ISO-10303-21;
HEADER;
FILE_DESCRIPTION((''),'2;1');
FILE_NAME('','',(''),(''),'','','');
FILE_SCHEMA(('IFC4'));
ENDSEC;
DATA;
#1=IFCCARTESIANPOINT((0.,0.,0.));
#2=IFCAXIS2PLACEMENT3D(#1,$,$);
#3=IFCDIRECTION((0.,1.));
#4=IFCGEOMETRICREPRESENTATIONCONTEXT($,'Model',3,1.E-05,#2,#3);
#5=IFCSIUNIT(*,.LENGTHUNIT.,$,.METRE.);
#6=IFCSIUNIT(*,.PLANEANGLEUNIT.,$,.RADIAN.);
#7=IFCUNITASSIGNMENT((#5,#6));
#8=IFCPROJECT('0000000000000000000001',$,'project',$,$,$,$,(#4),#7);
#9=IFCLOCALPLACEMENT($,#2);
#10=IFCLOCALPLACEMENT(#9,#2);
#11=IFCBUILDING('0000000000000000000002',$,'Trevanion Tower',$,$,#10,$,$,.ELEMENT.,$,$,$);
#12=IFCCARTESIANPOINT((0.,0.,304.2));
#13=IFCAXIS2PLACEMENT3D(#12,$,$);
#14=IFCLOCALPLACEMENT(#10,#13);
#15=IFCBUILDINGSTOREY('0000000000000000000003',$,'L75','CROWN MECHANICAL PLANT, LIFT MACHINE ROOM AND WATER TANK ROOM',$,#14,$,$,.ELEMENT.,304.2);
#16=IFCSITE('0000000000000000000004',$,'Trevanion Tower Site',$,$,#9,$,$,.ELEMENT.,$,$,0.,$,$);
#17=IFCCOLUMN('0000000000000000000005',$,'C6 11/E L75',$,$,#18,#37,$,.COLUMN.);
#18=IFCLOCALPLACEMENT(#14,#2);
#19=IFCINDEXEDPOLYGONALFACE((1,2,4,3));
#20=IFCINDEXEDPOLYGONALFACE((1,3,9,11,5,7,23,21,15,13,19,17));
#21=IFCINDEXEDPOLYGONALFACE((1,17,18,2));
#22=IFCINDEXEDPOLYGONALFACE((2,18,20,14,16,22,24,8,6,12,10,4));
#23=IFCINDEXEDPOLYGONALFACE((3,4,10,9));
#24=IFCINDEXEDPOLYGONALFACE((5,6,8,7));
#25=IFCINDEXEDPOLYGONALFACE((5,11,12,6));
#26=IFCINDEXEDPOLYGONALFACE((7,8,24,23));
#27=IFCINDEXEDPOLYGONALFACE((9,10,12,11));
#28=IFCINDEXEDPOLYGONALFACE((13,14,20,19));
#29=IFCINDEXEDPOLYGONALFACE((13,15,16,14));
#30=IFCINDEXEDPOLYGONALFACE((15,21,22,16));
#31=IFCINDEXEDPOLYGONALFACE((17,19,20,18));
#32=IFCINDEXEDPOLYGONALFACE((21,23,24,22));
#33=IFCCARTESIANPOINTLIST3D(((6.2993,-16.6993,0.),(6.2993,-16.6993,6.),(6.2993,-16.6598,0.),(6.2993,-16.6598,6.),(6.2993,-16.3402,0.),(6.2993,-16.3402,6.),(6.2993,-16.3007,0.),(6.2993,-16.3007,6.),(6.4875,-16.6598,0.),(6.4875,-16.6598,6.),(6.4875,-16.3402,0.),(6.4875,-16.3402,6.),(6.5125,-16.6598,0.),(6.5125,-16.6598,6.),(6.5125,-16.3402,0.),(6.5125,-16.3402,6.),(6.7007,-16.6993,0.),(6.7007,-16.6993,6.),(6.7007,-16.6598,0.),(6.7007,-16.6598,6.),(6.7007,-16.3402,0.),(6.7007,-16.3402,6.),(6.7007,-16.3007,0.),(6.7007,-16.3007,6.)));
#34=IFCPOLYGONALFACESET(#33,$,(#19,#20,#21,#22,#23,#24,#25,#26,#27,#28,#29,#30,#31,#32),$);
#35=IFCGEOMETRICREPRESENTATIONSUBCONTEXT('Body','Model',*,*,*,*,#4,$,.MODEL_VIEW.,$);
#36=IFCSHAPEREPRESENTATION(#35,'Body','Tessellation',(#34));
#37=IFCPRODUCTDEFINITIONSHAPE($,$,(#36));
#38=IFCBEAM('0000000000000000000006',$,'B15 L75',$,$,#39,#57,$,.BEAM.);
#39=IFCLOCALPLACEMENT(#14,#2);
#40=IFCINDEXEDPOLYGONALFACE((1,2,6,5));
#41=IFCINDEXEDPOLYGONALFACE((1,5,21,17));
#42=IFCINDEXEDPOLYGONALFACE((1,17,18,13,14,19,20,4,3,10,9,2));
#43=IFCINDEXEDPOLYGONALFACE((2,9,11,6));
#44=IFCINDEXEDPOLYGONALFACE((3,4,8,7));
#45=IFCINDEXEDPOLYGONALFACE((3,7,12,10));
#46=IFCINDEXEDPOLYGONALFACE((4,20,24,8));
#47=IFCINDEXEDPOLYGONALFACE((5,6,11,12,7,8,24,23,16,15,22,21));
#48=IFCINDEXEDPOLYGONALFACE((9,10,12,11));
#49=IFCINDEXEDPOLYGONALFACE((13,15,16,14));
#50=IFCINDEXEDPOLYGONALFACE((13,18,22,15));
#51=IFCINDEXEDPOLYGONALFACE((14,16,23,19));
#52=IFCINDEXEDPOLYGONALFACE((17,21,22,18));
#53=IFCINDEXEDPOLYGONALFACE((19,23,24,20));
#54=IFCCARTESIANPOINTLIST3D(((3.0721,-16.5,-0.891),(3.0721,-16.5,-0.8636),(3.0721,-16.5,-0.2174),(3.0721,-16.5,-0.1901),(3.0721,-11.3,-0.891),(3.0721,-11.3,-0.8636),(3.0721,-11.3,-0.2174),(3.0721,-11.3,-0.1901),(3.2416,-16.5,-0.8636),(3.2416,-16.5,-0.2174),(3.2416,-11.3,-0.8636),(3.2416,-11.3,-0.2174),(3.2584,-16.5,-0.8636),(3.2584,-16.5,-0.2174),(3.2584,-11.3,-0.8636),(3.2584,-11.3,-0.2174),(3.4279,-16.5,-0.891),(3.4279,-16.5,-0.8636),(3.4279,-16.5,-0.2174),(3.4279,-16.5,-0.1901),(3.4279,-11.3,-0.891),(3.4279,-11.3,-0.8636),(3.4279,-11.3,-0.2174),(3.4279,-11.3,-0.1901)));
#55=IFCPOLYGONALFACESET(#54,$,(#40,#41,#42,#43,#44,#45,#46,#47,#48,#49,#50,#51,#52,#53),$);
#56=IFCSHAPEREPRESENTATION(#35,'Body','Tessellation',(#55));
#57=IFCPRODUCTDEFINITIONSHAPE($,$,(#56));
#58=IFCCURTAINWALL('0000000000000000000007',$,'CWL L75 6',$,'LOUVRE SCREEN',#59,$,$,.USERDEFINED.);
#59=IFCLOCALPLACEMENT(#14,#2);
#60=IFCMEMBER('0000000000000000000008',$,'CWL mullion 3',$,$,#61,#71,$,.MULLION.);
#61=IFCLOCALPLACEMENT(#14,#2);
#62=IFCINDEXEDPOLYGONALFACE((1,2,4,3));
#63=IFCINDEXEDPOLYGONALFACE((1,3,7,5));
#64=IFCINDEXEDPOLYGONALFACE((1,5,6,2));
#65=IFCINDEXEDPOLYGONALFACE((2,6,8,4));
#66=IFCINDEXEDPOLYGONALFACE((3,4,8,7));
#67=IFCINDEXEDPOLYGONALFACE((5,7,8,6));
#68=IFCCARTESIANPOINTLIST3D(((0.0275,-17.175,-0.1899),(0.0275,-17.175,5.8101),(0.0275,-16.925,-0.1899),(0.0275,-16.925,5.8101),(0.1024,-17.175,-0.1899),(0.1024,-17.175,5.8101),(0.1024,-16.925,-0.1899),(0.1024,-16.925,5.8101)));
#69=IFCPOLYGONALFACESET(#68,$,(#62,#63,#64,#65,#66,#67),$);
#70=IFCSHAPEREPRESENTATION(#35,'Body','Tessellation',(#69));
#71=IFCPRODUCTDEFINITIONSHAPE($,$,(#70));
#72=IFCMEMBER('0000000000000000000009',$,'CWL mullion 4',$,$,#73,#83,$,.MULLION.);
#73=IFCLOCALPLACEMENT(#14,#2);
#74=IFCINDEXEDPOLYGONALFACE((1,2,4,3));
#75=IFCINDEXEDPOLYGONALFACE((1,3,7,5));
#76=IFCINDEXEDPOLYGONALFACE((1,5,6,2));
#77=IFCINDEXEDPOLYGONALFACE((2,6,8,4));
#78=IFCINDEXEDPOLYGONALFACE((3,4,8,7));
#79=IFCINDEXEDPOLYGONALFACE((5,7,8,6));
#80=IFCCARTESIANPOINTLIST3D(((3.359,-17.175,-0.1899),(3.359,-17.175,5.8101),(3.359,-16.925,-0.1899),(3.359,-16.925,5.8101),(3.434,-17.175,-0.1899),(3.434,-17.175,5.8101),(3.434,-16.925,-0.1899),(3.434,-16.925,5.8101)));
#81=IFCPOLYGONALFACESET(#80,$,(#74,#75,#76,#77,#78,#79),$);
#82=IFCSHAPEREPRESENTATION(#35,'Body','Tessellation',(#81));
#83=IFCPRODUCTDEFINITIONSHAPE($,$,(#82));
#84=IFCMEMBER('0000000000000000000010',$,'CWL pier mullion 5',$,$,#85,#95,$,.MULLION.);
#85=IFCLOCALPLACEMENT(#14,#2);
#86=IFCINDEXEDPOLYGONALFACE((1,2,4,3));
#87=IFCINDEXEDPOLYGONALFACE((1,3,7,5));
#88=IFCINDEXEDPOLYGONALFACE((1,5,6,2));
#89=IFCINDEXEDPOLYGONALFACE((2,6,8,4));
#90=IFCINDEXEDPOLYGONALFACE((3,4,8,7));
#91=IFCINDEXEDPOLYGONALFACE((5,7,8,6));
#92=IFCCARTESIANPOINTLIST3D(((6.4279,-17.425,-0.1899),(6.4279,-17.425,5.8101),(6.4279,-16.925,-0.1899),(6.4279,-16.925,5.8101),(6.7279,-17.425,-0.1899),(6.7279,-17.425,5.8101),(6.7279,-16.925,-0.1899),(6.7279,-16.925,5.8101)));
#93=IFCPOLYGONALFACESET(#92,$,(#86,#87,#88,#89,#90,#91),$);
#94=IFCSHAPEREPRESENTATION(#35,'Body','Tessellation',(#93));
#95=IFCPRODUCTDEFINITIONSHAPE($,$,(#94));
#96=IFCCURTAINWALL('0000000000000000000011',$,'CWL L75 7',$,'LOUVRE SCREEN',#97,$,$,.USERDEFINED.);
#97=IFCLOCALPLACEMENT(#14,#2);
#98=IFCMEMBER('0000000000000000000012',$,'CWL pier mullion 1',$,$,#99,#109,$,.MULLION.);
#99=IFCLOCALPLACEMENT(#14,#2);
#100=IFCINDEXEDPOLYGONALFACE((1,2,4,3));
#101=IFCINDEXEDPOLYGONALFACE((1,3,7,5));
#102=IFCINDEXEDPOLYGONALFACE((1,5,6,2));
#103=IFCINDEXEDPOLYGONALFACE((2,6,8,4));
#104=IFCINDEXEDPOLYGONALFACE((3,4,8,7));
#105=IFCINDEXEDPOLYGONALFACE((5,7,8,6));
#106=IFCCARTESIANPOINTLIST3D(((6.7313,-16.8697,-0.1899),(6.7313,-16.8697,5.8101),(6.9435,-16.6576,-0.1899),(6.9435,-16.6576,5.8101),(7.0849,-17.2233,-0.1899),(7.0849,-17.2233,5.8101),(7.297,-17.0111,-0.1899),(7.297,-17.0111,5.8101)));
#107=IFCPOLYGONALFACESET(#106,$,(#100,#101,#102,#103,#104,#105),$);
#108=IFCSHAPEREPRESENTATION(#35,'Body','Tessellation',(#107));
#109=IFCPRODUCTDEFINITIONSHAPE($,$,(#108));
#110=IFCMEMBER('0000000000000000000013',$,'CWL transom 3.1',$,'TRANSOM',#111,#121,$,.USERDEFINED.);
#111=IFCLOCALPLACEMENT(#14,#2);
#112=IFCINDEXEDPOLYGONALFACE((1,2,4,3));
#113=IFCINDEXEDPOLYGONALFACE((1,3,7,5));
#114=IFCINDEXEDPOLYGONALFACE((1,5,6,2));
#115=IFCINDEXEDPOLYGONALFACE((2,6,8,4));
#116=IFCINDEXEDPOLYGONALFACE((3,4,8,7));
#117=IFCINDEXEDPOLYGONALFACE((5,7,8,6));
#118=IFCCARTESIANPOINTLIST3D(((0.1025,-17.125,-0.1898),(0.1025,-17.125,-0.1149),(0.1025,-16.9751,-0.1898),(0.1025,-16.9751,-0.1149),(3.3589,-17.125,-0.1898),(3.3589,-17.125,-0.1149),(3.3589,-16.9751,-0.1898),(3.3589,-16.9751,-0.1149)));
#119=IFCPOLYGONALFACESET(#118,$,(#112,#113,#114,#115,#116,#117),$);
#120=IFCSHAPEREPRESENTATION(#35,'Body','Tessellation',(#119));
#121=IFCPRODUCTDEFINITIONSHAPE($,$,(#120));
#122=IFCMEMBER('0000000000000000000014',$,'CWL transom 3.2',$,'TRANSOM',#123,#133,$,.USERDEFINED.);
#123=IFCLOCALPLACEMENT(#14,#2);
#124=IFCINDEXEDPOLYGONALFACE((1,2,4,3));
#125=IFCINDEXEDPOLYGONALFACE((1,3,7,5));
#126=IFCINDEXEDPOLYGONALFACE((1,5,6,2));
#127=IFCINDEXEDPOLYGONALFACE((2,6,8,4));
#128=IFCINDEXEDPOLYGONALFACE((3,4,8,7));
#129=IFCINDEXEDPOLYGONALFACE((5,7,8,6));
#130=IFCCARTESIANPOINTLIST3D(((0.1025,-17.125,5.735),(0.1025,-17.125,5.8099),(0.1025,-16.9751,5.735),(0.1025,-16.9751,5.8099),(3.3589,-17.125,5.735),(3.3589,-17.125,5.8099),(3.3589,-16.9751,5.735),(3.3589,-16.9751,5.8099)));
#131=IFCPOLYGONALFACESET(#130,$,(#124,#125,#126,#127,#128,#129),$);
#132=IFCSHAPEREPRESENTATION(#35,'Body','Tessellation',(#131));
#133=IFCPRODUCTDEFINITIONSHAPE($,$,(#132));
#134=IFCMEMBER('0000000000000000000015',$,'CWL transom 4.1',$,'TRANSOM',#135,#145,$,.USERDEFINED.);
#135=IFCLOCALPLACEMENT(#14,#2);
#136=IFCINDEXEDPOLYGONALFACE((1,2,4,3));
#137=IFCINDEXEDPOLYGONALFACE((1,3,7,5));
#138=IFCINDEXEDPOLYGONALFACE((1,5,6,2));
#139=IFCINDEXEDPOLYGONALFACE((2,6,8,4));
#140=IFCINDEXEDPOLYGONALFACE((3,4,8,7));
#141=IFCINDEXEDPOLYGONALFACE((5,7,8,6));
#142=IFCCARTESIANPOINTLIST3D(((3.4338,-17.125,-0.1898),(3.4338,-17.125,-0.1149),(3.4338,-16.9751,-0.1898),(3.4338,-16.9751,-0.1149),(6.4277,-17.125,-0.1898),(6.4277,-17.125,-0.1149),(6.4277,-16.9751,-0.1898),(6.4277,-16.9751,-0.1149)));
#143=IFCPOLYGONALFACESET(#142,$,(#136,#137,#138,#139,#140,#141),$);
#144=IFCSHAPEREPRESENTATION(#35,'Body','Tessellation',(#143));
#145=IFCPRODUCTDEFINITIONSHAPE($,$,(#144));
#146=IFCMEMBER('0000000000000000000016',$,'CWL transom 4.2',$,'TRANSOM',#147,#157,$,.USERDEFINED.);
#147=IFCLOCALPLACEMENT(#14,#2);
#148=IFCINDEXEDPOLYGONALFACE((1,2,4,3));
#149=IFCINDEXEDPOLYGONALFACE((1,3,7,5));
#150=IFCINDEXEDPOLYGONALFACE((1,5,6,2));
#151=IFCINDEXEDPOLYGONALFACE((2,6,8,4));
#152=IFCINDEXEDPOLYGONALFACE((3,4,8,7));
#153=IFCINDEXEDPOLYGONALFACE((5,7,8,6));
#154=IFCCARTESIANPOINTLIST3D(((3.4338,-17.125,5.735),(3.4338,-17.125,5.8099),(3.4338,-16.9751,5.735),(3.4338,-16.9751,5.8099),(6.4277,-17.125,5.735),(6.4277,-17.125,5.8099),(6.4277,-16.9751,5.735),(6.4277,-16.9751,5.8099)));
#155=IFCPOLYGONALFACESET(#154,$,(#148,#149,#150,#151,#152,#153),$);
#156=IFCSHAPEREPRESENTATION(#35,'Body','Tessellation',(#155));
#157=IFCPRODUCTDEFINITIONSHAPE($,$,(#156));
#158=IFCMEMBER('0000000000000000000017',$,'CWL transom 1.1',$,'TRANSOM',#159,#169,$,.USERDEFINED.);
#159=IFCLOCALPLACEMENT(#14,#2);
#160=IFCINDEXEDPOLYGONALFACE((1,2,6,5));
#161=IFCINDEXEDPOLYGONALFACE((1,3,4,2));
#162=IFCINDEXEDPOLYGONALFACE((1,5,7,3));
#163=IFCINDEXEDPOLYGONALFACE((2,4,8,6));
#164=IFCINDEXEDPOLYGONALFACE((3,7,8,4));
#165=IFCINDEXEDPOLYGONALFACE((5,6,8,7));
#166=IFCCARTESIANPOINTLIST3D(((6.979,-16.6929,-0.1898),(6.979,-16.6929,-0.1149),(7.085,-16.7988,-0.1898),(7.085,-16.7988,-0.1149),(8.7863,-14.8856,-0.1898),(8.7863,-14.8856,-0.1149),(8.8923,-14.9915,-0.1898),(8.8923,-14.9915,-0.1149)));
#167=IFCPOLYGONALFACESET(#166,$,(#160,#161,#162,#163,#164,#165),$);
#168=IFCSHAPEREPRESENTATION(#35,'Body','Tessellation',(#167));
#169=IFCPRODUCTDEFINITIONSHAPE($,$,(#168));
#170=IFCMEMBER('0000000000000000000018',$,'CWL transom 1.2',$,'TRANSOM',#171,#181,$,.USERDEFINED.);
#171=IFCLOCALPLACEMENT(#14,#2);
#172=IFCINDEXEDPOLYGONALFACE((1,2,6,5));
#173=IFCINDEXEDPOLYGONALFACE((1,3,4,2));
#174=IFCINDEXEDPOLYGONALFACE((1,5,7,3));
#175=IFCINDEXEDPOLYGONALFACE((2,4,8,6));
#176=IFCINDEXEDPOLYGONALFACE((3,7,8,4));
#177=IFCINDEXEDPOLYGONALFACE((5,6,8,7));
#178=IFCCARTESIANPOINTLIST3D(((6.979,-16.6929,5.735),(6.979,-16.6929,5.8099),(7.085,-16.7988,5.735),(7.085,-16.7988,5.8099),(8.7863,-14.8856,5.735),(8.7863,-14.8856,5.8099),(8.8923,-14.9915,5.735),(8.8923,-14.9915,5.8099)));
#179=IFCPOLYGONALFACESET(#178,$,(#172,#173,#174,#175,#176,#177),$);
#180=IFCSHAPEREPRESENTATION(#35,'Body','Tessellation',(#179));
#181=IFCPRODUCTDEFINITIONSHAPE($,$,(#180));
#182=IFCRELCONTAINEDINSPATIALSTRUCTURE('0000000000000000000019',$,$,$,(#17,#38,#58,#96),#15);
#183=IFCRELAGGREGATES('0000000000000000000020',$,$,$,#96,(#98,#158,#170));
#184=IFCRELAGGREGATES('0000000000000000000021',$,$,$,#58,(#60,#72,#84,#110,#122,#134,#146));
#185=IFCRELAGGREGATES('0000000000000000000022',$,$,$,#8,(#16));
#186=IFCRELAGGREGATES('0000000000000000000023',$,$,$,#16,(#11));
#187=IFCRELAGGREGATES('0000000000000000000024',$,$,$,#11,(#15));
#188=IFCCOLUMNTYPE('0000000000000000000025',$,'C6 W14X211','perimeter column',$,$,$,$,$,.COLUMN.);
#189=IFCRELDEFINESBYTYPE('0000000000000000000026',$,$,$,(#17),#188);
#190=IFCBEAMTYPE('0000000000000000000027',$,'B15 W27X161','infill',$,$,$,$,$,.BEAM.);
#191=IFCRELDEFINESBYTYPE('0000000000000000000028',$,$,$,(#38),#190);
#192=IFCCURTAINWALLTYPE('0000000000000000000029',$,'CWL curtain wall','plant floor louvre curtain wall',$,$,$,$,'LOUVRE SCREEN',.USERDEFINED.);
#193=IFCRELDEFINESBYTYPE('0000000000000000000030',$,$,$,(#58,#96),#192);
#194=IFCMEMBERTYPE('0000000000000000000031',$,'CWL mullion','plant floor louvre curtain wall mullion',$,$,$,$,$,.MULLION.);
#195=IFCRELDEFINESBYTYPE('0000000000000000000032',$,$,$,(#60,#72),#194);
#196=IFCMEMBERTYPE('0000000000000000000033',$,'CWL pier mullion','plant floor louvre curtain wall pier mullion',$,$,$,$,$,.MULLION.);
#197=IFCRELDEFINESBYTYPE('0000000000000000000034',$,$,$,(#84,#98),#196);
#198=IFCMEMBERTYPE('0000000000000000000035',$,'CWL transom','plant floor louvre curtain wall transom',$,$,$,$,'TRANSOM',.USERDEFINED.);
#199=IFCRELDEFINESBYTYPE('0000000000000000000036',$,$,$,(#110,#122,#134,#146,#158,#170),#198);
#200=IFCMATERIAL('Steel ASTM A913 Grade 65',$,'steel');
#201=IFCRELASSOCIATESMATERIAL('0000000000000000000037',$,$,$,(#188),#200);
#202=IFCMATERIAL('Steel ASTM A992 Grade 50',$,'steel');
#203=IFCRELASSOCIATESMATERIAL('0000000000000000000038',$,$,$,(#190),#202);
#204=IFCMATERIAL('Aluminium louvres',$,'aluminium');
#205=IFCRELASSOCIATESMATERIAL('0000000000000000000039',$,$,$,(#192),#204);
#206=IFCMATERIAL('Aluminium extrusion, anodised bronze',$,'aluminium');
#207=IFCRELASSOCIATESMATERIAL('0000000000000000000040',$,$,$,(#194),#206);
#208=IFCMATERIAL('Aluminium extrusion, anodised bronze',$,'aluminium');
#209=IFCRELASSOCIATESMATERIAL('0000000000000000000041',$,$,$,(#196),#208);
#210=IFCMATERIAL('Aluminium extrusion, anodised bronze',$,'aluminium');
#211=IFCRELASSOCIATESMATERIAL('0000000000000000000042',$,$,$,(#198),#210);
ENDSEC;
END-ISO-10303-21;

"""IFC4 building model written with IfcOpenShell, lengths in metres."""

from ifc_helpers import new_model, si_unit, direction, frame, origin, origin_2d, place, context, subcontext, project, spatial, rectangle, i_section, extrude, material, material_profile, profile_set, type_object, element, aggregate, save


model = new_model("IFC4")

# Units and contexts
model_context = context("Model", 3, precision=1e-05, world=origin(), true_north=direction((0.0, 1.0)))
body_context = subcontext(model_context, "Body", "Model", "MODEL_VIEW")
ifc_project = project(units=[si_unit("LENGTHUNIT", "METRE"), si_unit("PLANEANGLEUNIT", "RADIAN")], contexts=[model_context])

# Site, building, storey
site_placement = place(None, origin())
site = spatial("IfcSite", under=ifc_project, at=site_placement, Name="Trevanion Tower Site", CompositionType="ELEMENT", RefElevation=0.0)
building_placement = place(site_placement, origin())
building = spatial("IfcBuilding", under=site, at=building_placement, Name="Trevanion Tower", CompositionType="ELEMENT")
storey_placement = place(building_placement, frame((0.0, 0.0, 304.2)))
storey = spatial("IfcBuildingStorey", under=building, at=storey_placement, Name="L75", Description="CROWN MECHANICAL PLANT, LIFT MACHINE ROOM AND WATER TANK ROOM", CompositionType="ELEMENT", Elevation=304.2)

# Column
ifc_material_1 = material(Name="Steel ASTM A913 Grade 65", Category="steel")
ifc_material_profile_1 = material_profile(ifc_material_1, i_section(OverallWidth=0.4014, OverallDepth=0.3987, WebThickness=0.0249, FlangeThickness=0.0396, at=origin_2d()), Name="W14X211")
ifc_profile_set_1 = profile_set([ifc_material_profile_1], Name="Steel ASTM A913 Grade 65")
column_type = type_object("IfcColumnType", Name="C6 W14X211", Description="perimeter column", PredefinedType="COLUMN", material=ifc_profile_set_1)
column_placement = place(storey_placement, frame((6.5, -16.5, 0.0), z_axis=(0.0, 0.0, 1.0), x_axis=(1.0, 0.0, 0.0)))
element("IfcColumn", 1, at=column_placement, inside=storey, type_object=column_type, Name="C6 11/E L75", PredefinedType="COLUMN", context=body_context, shape_type="SweptSolid", body=[
    extrude(i_section(OverallWidth=0.4014, OverallDepth=0.3987, WebThickness=0.0249, FlangeThickness=0.0396, at=origin_2d()), origin(), (0.0, 0.0, 1.0), 6.0),
])

# Beam
ifc_material_2 = material(Name="Steel ASTM A992 Grade 50", Category="steel")
ifc_material_profile_2 = material_profile(ifc_material_2, i_section(OverallWidth=0.3557, OverallDepth=0.7009, WebThickness=0.0168, FlangeThickness=0.0273, at=origin_2d()), Name="W27X161")
ifc_profile_set_2 = profile_set([ifc_material_profile_2], Name="Steel ASTM A992 Grade 50")
beam_type_1 = type_object("IfcBeamType", Name="B15 W27X161", Description="infill", PredefinedType="BEAM", material=ifc_profile_set_2)
beam_1_placement = place(storey_placement, frame((3.25, -11.3, -0.5405), z_axis=(0.0, -1.0, 0.0), x_axis=(1.0, 0.0, 0.0)))
element("IfcBeam", 2, at=beam_1_placement, inside=storey, type_object=beam_type_1, Name="B15 L75", PredefinedType="BEAM", context=body_context, shape_type="SweptSolid", body=[
    extrude(i_section(OverallWidth=0.3557, OverallDepth=0.7009, WebThickness=0.0168, FlangeThickness=0.0273, at=origin_2d()), origin(), (0.0, 0.0, 1.0), 5.2),
])

# Curtain wall, members
ifc_material_3 = material(Name="Aluminium louvres", Category="aluminium")
curtain_wall_type = type_object("IfcCurtainWallType", Name="CWL curtain wall", Description="plant floor louvre curtain wall", ElementType="LOUVRE SCREEN", PredefinedType="USERDEFINED", material=ifc_material_3)
curtain_wall_1_placement = place(storey_placement, origin())
curtain_wall_1 = element("IfcCurtainWall", 3, at=curtain_wall_1_placement, inside=storey, type_object=curtain_wall_type, Name="CWL L75 6", ObjectType="LOUVRE SCREEN", PredefinedType="USERDEFINED")
ifc_material_4 = material(Name="Aluminium extrusion, anodised bronze", Category="aluminium")
ifc_material_profile_3 = material_profile(ifc_material_4, rectangle(XDim=0.075, YDim=0.25, at=origin_2d()), Name="CWL mullion")
ifc_profile_set_3 = profile_set([ifc_material_profile_3], Name="Aluminium extrusion, anodised bronze")
member_type_1 = type_object("IfcMemberType", Name="CWL mullion", Description="plant floor louvre curtain wall mullion", PredefinedType="MULLION", material=ifc_profile_set_3)
member_1_placement = place(storey_placement, frame((0.0649, -17.05, -0.1899), z_axis=(0.0, 0.0, 1.0), x_axis=(1.0, 0.0, 0.0)))
member_1 = element("IfcMember", 4, at=member_1_placement, type_object=member_type_1, Name="CWL mullion 3", PredefinedType="MULLION", context=body_context, shape_type="SweptSolid", body=[
    extrude(rectangle(XDim=0.075, YDim=0.25, at=origin_2d()), origin(), (0.0, 0.0, 1.0), 6.0),
])
member_2_placement = place(storey_placement, frame((3.3965, -17.05, -0.1899), z_axis=(0.0, 0.0, 1.0), x_axis=(1.0, 0.0, 0.0)))
member_2 = element("IfcMember", 5, at=member_2_placement, type_object=member_type_1, Name="CWL mullion 4", PredefinedType="MULLION", context=body_context, shape_type="SweptSolid", body=[
    extrude(rectangle(XDim=0.075, YDim=0.25, at=origin_2d()), origin(), (0.0, 0.0, 1.0), 6.0),
])
ifc_material_5 = material(Name="Aluminium extrusion, anodised bronze", Category="aluminium")
ifc_material_profile_4 = material_profile(ifc_material_5, rectangle(XDim=0.3, YDim=0.5, at=origin_2d()), Name="CWL pier mullion")
ifc_profile_set_4 = profile_set([ifc_material_profile_4], Name="Aluminium extrusion, anodised bronze")
member_type_2 = type_object("IfcMemberType", Name="CWL pier mullion", Description="plant floor louvre curtain wall pier mullion", PredefinedType="MULLION", material=ifc_profile_set_4)
member_3_placement = place(storey_placement, frame((6.5779, -17.175, -0.1899), z_axis=(0.0, 0.0, 1.0), x_axis=(1.0, 0.0, 0.0)))
member_3 = element("IfcMember", 6, at=member_3_placement, type_object=member_type_2, Name="CWL pier mullion 5", PredefinedType="MULLION", context=body_context, shape_type="SweptSolid", body=[
    extrude(rectangle(XDim=0.3, YDim=0.5, at=origin_2d()), origin(), (0.0, 0.0, 1.0), 6.0),
])

# Curtain wall, member
curtain_wall_2_placement = place(storey_placement, origin())
curtain_wall_2 = element("IfcCurtainWall", 7, at=curtain_wall_2_placement, inside=storey, type_object=curtain_wall_type, Name="CWL L75 7", ObjectType="LOUVRE SCREEN", PredefinedType="USERDEFINED")
member_4_placement = place(storey_placement, frame((7.0142, -16.9404, -0.1899), z_axis=(0.0, 0.0, 1.0), x_axis=(0.707107, 0.707107, 0.0)))
member_4 = element("IfcMember", 8, at=member_4_placement, type_object=member_type_2, Name="CWL pier mullion 1", PredefinedType="MULLION", context=body_context, shape_type="SweptSolid", body=[
    extrude(rectangle(XDim=0.3, YDim=0.5, at=origin_2d()), origin(), (0.0, 0.0, 1.0), 6.0),
])

# Members
ifc_material_6 = material(Name="Aluminium extrusion, anodised bronze", Category="aluminium")
ifc_material_profile_5 = material_profile(ifc_material_6, rectangle(XDim=0.1499, YDim=0.075, at=origin_2d()), Name="CWL transom")
ifc_profile_set_5 = profile_set([ifc_material_profile_5], Name="Aluminium extrusion, anodised bronze")
member_type_3 = type_object("IfcMemberType", Name="CWL transom", Description="plant floor louvre curtain wall transom", ElementType="TRANSOM", PredefinedType="USERDEFINED", material=ifc_profile_set_5)
member_5_placement = place(storey_placement, frame((0.1025, -17.05, -0.1523), z_axis=(1.0, 0.0, 0.0), x_axis=(0.0, 1.0, 0.0)))
member_5 = element("IfcMember", 9, at=member_5_placement, type_object=member_type_3, Name="CWL transom 3.1", ObjectType="TRANSOM", PredefinedType="USERDEFINED", context=body_context, shape_type="SweptSolid", body=[
    extrude(rectangle(XDim=0.1499, YDim=0.075, at=origin_2d()), origin(), (0.0, 0.0, 1.0), 3.2563),
])
member_6_placement = place(storey_placement, frame((0.1025, -17.05, 5.7725), z_axis=(1.0, 0.0, 0.0), x_axis=(0.0, 1.0, 0.0)))
member_6 = element("IfcMember", 10, at=member_6_placement, type_object=member_type_3, Name="CWL transom 3.2", ObjectType="TRANSOM", PredefinedType="USERDEFINED", context=body_context, shape_type="SweptSolid", body=[
    extrude(rectangle(XDim=0.1499, YDim=0.075, at=origin_2d()), origin(), (0.0, 0.0, 1.0), 3.2563),
])
member_7_placement = place(storey_placement, frame((3.4338, -17.05, -0.1523), z_axis=(1.0, 0.0, 0.0), x_axis=(0.0, 1.0, 0.0)))
member_7 = element("IfcMember", 11, at=member_7_placement, type_object=member_type_3, Name="CWL transom 4.1", ObjectType="TRANSOM", PredefinedType="USERDEFINED", context=body_context, shape_type="SweptSolid", body=[
    extrude(rectangle(XDim=0.1499, YDim=0.075, at=origin_2d()), origin(), (0.0, 0.0, 1.0), 2.9939),
])
member_8_placement = place(storey_placement, frame((3.4338, -17.05, 5.7725), z_axis=(1.0, 0.0, 0.0), x_axis=(0.0, 1.0, 0.0)))
member_8 = element("IfcMember", 12, at=member_8_placement, type_object=member_type_3, Name="CWL transom 4.2", ObjectType="TRANSOM", PredefinedType="USERDEFINED", context=body_context, shape_type="SweptSolid", body=[
    extrude(rectangle(XDim=0.1499, YDim=0.075, at=origin_2d()), origin(), (0.0, 0.0, 1.0), 2.9939),
])
member_9_placement = place(storey_placement, frame((7.032, -16.7458, -0.1523), z_axis=(0.707107, 0.707107, 0.0), x_axis=(-0.707107, 0.707107, 0.0)))
member_9 = element("IfcMember", 13, at=member_9_placement, type_object=member_type_3, Name="CWL transom 1.1", ObjectType="TRANSOM", PredefinedType="USERDEFINED", context=body_context, shape_type="SweptSolid", body=[
    extrude(rectangle(XDim=0.1499, YDim=0.075, at=origin_2d()), origin(), (0.0, 0.0, 1.0), 2.5559),
])
member_10_placement = place(storey_placement, frame((7.032, -16.7458, 5.7725), z_axis=(0.707107, 0.707107, 0.0), x_axis=(-0.707107, 0.707107, 0.0)))
member_10 = element("IfcMember", 14, at=member_10_placement, type_object=member_type_3, Name="CWL transom 1.2", ObjectType="TRANSOM", PredefinedType="USERDEFINED", context=body_context, shape_type="SweptSolid", body=[
    extrude(rectangle(XDim=0.1499, YDim=0.075, at=origin_2d()), origin(), (0.0, 0.0, 1.0), 2.5559),
])
aggregate(curtain_wall_2, [member_4, member_9, member_10])

aggregate(curtain_wall_1, [member_1, member_2, member_3, member_5, member_6, member_7, member_8])

save(model, "model.ifc")
